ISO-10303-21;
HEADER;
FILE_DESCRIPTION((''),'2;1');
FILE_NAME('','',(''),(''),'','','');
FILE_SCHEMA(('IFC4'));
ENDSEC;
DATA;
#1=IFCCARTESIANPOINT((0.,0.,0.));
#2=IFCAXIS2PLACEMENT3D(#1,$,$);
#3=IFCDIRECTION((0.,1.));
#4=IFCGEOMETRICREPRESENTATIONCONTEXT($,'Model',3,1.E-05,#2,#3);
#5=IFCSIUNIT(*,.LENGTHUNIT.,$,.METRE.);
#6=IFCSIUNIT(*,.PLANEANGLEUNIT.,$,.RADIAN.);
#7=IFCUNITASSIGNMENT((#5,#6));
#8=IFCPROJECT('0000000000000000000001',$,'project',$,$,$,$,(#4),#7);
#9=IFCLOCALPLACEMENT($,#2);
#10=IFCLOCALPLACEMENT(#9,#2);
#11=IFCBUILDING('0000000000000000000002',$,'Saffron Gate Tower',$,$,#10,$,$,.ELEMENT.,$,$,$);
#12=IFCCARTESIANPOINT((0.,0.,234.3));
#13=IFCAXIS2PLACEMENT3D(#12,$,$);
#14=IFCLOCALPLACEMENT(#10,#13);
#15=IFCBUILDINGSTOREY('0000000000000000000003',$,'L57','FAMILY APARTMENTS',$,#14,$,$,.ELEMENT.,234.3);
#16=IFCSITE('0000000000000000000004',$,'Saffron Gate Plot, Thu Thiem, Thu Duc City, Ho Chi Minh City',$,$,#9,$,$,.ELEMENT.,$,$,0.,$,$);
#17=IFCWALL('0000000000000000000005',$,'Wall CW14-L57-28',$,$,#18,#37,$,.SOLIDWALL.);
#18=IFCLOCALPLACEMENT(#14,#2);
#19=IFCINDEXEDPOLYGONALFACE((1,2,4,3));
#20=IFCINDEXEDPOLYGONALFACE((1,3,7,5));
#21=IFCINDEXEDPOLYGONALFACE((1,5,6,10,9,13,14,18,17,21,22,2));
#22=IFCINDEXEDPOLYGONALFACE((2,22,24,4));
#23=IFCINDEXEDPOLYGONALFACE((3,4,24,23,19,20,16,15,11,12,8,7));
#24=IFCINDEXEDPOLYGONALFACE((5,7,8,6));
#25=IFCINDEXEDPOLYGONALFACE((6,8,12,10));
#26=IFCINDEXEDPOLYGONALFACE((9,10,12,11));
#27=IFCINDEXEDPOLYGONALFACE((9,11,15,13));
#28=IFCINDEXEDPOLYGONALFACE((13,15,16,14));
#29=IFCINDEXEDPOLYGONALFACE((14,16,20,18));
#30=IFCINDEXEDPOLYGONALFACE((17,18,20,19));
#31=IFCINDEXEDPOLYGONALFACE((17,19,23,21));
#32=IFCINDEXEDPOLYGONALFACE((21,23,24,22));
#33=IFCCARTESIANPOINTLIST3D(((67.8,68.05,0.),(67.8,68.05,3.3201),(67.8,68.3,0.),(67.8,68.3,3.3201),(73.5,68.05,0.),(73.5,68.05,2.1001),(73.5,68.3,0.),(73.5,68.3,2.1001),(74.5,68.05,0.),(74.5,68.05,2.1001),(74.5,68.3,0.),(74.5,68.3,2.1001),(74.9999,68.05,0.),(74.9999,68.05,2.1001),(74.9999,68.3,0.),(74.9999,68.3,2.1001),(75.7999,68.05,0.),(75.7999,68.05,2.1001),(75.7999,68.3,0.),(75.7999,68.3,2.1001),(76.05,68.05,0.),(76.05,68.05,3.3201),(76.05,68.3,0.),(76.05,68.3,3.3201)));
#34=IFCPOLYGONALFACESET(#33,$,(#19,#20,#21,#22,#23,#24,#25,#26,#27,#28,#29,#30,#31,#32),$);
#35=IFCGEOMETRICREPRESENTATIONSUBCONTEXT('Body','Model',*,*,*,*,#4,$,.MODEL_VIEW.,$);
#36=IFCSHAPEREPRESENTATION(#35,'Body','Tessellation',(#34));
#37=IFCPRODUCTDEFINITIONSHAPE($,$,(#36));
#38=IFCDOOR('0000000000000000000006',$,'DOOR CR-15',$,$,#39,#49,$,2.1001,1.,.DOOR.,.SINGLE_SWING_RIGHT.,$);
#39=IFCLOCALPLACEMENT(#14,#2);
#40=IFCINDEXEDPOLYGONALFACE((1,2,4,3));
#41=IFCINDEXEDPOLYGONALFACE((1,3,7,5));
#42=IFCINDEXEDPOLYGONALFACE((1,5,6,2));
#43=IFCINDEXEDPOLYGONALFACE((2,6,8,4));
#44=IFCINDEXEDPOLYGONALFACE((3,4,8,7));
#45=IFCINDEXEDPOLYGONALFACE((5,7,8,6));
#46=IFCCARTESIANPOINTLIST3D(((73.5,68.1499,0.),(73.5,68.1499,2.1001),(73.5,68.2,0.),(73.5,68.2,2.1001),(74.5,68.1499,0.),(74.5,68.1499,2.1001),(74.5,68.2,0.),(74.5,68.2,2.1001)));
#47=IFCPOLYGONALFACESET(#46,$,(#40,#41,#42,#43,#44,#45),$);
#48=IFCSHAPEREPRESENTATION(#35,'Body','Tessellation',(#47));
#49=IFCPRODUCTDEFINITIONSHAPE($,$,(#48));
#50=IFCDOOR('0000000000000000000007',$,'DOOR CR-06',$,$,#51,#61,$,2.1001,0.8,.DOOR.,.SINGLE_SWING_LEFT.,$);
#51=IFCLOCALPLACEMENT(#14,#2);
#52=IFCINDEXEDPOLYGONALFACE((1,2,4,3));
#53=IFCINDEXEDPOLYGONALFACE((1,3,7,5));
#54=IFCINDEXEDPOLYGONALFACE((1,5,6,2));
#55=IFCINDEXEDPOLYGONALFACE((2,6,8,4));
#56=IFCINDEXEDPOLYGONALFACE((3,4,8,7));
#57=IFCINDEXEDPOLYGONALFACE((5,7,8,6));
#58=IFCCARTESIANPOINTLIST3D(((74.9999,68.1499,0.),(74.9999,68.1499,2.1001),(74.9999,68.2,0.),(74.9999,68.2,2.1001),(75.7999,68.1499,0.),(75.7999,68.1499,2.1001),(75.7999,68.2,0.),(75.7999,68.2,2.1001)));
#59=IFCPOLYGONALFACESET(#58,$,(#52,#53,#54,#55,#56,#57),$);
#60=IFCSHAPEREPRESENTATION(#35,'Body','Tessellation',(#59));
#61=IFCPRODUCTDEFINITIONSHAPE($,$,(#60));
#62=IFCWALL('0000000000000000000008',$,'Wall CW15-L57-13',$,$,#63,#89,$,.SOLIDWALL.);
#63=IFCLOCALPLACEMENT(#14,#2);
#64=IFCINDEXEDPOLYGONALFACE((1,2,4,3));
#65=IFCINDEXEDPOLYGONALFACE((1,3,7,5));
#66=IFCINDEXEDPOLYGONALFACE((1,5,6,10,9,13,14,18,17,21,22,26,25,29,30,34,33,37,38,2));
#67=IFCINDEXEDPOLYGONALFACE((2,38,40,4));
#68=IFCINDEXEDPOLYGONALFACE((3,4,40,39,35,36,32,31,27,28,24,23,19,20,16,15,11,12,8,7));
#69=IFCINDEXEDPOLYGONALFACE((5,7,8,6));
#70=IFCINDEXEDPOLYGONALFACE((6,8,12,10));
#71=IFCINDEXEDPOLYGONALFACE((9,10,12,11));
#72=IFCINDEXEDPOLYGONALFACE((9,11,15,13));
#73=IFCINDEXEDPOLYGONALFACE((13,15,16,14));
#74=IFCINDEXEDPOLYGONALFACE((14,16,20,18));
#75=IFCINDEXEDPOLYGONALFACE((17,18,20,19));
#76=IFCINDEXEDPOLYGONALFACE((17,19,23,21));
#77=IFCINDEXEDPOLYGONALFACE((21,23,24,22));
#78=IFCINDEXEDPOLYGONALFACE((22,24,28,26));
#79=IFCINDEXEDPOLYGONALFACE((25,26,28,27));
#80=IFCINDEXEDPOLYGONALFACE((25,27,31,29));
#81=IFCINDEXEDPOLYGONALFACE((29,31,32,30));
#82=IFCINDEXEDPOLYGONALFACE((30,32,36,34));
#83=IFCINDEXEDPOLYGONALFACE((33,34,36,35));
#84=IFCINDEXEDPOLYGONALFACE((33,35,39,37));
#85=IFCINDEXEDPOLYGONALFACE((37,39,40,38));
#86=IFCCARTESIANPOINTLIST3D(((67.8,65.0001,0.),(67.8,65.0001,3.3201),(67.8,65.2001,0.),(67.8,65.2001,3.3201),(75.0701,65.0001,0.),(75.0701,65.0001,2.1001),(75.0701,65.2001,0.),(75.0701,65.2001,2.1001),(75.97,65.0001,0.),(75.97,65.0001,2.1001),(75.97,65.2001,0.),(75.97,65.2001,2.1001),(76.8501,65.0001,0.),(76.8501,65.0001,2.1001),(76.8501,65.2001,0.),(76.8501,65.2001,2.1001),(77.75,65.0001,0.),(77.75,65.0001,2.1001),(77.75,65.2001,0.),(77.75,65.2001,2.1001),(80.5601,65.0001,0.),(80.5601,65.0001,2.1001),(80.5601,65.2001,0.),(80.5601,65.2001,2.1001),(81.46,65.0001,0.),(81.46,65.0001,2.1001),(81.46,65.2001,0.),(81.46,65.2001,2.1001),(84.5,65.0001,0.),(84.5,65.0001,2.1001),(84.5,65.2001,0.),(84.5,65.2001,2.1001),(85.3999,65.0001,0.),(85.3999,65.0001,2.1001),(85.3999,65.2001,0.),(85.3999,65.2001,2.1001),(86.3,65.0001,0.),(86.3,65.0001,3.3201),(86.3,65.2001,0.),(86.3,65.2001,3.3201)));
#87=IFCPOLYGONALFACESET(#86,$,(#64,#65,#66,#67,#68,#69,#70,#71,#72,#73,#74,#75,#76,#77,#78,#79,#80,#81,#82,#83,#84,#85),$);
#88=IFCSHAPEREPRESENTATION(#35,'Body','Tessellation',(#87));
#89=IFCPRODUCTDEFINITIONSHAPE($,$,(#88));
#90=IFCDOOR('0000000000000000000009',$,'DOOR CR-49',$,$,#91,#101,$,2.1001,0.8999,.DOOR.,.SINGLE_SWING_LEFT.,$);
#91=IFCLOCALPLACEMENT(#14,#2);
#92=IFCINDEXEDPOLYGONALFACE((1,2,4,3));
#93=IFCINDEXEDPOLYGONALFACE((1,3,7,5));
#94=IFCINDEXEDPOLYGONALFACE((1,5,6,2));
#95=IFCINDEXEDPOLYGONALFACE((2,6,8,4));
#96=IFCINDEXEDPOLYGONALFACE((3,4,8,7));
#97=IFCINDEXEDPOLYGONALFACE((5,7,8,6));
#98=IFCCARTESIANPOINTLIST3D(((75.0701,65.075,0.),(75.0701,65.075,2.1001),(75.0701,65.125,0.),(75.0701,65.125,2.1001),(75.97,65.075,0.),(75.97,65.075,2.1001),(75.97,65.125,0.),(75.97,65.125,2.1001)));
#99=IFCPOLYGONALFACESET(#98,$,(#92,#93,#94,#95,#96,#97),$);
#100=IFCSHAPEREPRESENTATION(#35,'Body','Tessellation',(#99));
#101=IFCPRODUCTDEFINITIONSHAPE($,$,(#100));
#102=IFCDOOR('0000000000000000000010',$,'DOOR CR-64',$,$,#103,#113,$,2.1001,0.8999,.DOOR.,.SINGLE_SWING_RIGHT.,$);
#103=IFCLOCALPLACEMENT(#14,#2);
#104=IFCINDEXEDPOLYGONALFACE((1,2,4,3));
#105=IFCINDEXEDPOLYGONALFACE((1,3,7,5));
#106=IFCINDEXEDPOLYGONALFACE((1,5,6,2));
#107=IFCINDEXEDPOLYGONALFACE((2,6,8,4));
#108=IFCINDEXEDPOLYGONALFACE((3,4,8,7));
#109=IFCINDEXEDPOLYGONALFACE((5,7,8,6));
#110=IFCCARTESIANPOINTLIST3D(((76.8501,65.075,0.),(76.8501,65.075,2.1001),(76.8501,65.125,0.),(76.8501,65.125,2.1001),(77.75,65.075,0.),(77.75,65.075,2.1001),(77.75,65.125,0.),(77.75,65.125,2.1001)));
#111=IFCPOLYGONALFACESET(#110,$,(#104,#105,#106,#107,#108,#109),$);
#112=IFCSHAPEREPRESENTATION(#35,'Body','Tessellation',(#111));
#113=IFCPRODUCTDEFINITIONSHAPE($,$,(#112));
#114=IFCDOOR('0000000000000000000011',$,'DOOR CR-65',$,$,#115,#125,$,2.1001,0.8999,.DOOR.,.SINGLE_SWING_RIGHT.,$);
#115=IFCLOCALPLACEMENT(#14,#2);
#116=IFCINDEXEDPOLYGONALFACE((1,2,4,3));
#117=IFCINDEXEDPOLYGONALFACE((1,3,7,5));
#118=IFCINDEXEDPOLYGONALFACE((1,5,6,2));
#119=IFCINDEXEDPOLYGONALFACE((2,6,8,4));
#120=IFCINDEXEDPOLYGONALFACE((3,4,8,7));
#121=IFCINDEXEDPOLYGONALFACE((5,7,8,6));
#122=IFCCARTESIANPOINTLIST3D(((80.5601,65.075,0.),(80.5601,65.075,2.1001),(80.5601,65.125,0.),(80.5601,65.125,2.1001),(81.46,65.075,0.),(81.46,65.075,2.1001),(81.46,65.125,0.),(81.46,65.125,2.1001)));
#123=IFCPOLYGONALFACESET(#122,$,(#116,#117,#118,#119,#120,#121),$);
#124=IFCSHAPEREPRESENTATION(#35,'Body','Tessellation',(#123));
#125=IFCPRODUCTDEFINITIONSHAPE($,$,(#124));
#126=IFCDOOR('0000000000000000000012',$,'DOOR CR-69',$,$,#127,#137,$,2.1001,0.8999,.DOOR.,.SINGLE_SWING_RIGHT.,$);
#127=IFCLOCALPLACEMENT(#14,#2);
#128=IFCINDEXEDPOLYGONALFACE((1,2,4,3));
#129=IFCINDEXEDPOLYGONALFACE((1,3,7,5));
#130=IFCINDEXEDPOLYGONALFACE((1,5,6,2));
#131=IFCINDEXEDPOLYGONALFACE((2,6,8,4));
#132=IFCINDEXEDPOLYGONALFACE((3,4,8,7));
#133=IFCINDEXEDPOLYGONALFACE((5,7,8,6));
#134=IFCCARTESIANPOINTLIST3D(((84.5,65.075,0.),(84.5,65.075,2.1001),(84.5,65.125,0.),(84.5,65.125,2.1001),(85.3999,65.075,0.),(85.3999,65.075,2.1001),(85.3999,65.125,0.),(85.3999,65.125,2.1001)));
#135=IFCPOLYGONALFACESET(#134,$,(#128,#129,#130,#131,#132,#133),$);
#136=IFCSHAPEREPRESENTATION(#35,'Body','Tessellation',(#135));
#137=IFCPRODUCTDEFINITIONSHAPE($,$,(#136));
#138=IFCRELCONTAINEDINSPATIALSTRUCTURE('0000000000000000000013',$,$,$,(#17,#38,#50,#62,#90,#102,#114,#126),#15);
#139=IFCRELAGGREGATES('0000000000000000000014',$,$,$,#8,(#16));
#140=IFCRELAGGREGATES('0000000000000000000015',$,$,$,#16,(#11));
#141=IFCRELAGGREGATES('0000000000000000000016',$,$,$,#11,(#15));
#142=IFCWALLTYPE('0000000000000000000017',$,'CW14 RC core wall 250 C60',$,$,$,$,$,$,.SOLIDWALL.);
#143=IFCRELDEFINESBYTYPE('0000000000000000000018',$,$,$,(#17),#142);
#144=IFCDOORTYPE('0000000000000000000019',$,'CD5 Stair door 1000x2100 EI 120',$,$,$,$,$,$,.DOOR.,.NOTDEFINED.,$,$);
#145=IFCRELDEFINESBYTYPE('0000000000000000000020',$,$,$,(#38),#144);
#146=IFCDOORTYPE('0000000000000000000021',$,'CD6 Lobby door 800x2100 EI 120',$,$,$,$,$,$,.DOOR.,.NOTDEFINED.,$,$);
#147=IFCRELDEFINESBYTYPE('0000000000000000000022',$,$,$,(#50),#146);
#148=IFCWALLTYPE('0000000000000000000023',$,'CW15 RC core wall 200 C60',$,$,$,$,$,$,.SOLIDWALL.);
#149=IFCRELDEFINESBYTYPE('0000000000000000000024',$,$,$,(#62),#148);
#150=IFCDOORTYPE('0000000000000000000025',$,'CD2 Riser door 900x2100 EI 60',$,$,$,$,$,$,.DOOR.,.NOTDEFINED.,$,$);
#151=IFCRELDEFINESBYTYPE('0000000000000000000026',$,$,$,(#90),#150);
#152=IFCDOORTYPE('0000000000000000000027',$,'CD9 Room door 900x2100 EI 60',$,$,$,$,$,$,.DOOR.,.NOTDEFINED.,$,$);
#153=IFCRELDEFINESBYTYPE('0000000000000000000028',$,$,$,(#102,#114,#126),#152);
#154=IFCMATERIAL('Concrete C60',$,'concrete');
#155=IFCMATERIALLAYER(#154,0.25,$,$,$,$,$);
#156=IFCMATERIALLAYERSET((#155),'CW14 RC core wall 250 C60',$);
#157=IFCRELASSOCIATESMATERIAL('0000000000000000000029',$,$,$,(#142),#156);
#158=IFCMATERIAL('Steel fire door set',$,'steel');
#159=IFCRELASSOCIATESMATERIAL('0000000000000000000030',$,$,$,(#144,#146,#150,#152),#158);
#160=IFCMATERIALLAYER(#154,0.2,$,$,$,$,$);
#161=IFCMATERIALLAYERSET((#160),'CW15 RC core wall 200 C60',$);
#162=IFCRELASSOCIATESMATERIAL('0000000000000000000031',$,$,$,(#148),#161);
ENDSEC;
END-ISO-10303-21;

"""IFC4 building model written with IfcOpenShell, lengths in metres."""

from ifc_helpers import new_model, si_unit, direction, frame, frame_2d, origin, place, context, subcontext, project, spatial, rectangle, extrude, material, layer, layer_set, type_object, element, fill, save


model = new_model("IFC4")

# Units and contexts
model_context = context("Model", 3, precision=1e-05, world=origin(), true_north=direction((0.0, 1.0)))
body_context = subcontext(model_context, "Body", "Model", "MODEL_VIEW")
ifc_project = project(units=[si_unit("LENGTHUNIT", "METRE"), si_unit("PLANEANGLEUNIT", "RADIAN")], contexts=[model_context])

# Site, building, storey
site_placement = place(None, origin())
site = spatial("IfcSite", under=ifc_project, at=site_placement, Name="Saffron Gate Plot, Thu Thiem, Thu Duc City, Ho Chi Minh City", CompositionType="ELEMENT", RefElevation=0.0)
building_placement = place(site_placement, origin())
building = spatial("IfcBuilding", under=site, at=building_placement, Name="Saffron Gate Tower", CompositionType="ELEMENT")
storey_placement = place(building_placement, frame((0.0, 0.0, 234.3)))
storey = spatial("IfcBuildingStorey", under=building, at=storey_placement, Name="L57", Description="FAMILY APARTMENTS", CompositionType="ELEMENT", Elevation=234.3)

# Walls, openings, doors
ifc_material_1 = material(Name="Concrete C60", Category="concrete")
ifc_layer_1 = layer(ifc_material_1, 0.25)
ifc_layer_set_1 = layer_set([ifc_layer_1], Name="CW14 RC core wall 250 C60")
wall_type_1 = type_object("IfcWallType", Name="CW14 RC core wall 250 C60", PredefinedType="SOLIDWALL", material=ifc_layer_set_1)
wall_1_placement = place(storey_placement, frame((67.8, 68.175, 0.0), z_axis=(0.0, 0.0, 1.0), x_axis=(1.0, 0.0, 0.0)))
wall_1 = element("IfcWall", 1, at=wall_1_placement, inside=storey, type_object=wall_type_1, Name="Wall CW14-L57-28", PredefinedType="SOLIDWALL", context=body_context, shape_type="SweptSolid", body=[
    extrude(rectangle(XDim=8.25, YDim=0.25, at=frame_2d((4.125, 0.0))), origin(), (0.0, 0.0, 1.0), 3.3201),
])
opening_1_placement = place(wall_1_placement, frame((5.7, 0.0, 0.0)))
opening_1 = element("IfcOpeningElement", 2, at=opening_1_placement, cuts=wall_1, PredefinedType="OPENING", context=body_context, shape_type="SweptSolid", body=[
    extrude(rectangle(XDim=1.0, YDim=2.1001, at=frame_2d((0.5, 1.05))), frame((0.0, 0.135, 0.0), z_axis=(0.0, -1.0, 0.0), x_axis=(1.0, 0.0, 0.0)), (0.0, 0.0, 1.0), 0.27),
])
opening_2_placement = place(wall_1_placement, frame((7.2, 0.0, 0.0)))
opening_2 = element("IfcOpeningElement", 3, at=opening_2_placement, cuts=wall_1, PredefinedType="OPENING", context=body_context, shape_type="SweptSolid", body=[
    extrude(rectangle(XDim=0.8, YDim=2.1001, at=frame_2d((0.3999, 1.05))), frame((0.0, 0.135, 0.0), z_axis=(0.0, -1.0, 0.0), x_axis=(1.0, 0.0, 0.0)), (0.0, 0.0, 1.0), 0.27),
])
ifc_material_2 = material(Name="Steel fire door set", Category="steel")
door_type_1 = type_object("IfcDoorType", Name="CD5 Stair door 1000x2100 EI 120", OperationType="NOTDEFINED", PredefinedType="DOOR", material=ifc_material_2)
door_1_placement = place(opening_1_placement, origin())
door_1 = element("IfcDoor", 4, at=door_1_placement, inside=storey, type_object=door_type_1, Name="DOOR CR-15", OperationType="SINGLE_SWING_RIGHT", OverallHeight=2.1001, OverallWidth=1.0, PredefinedType="DOOR", context=body_context, shape_type="SweptSolid", body=[
    extrude(rectangle(XDim=1.0, YDim=2.1001, at=frame_2d((0.5, 1.05))), frame((0.0, 0.0249, 0.0), z_axis=(0.0, -1.0, 0.0), x_axis=(1.0, 0.0, 0.0)), (0.0, 0.0, 1.0), 0.05),
])
fill(opening_1, door_1)
door_type_2 = type_object("IfcDoorType", Name="CD6 Lobby door 800x2100 EI 120", OperationType="NOTDEFINED", PredefinedType="DOOR", material=ifc_material_2)
door_2_placement = place(opening_2_placement, origin())
door_2 = element("IfcDoor", 5, at=door_2_placement, inside=storey, type_object=door_type_2, Name="DOOR CR-06", OperationType="SINGLE_SWING_LEFT", OverallHeight=2.1001, OverallWidth=0.8, PredefinedType="DOOR", context=body_context, shape_type="SweptSolid", body=[
    extrude(rectangle(XDim=0.8, YDim=2.1001, at=frame_2d((0.3999, 1.05))), frame((0.0, 0.0249, 0.0), z_axis=(0.0, -1.0, 0.0), x_axis=(1.0, 0.0, 0.0)), (0.0, 0.0, 1.0), 0.05),
])
fill(opening_2, door_2)
ifc_layer_2 = layer(ifc_material_1, 0.2)
ifc_layer_set_2 = layer_set([ifc_layer_2], Name="CW15 RC core wall 200 C60")
wall_type_2 = type_object("IfcWallType", Name="CW15 RC core wall 200 C60", PredefinedType="SOLIDWALL", material=ifc_layer_set_2)
wall_2_placement = place(storey_placement, frame((67.8, 65.1001, 0.0), z_axis=(0.0, 0.0, 1.0), x_axis=(1.0, 0.0, 0.0)))
wall_2 = element("IfcWall", 6, at=wall_2_placement, inside=storey, type_object=wall_type_2, Name="Wall CW15-L57-13", PredefinedType="SOLIDWALL", context=body_context, shape_type="SweptSolid", body=[
    extrude(rectangle(XDim=18.5, YDim=0.2, at=frame_2d((9.25, 0.0))), origin(), (0.0, 0.0, 1.0), 3.3201),
])
opening_3_placement = place(wall_2_placement, frame((7.27, 0.0, 0.0)))
opening_3 = element("IfcOpeningElement", 7, at=opening_3_placement, cuts=wall_2, PredefinedType="OPENING", context=body_context, shape_type="SweptSolid", body=[
    extrude(rectangle(XDim=0.8999, YDim=2.1001, at=frame_2d((0.45, 1.05))), frame((0.0, 0.1099, 0.0), z_axis=(0.0, -1.0, 0.0), x_axis=(1.0, 0.0, 0.0)), (0.0, 0.0, 1.0), 0.22),
])
opening_4_placement = place(wall_2_placement, frame((9.05, 0.0, 0.0)))
opening_4 = element("IfcOpeningElement", 8, at=opening_4_placement, cuts=wall_2, PredefinedType="OPENING", context=body_context, shape_type="SweptSolid", body=[
    extrude(rectangle(XDim=0.8999, YDim=2.1001, at=frame_2d((0.45, 1.05))), frame((0.0, 0.1099, 0.0), z_axis=(0.0, -1.0, 0.0), x_axis=(1.0, 0.0, 0.0)), (0.0, 0.0, 1.0), 0.22),
])
opening_5_placement = place(wall_2_placement, frame((12.76, 0.0, 0.0)))
opening_5 = element("IfcOpeningElement", 9, at=opening_5_placement, cuts=wall_2, PredefinedType="OPENING", context=body_context, shape_type="SweptSolid", body=[
    extrude(rectangle(XDim=0.8999, YDim=2.1001, at=frame_2d((0.45, 1.05))), frame((0.0, 0.1099, 0.0), z_axis=(0.0, -1.0, 0.0), x_axis=(1.0, 0.0, 0.0)), (0.0, 0.0, 1.0), 0.22),
])
opening_6_placement = place(wall_2_placement, frame((16.7, 0.0, 0.0)))
opening_6 = element("IfcOpeningElement", 10, at=opening_6_placement, cuts=wall_2, PredefinedType="OPENING", context=body_context, shape_type="SweptSolid", body=[
    extrude(rectangle(XDim=0.8999, YDim=2.1001, at=frame_2d((0.45, 1.05))), frame((0.0, 0.1099, 0.0), z_axis=(0.0, -1.0, 0.0), x_axis=(1.0, 0.0, 0.0)), (0.0, 0.0, 1.0), 0.22),
])
door_type_3 = type_object("IfcDoorType", Name="CD2 Riser door 900x2100 EI 60", OperationType="NOTDEFINED", PredefinedType="DOOR", material=ifc_material_2)
door_3_placement = place(opening_3_placement, origin())
door_3 = element("IfcDoor", 11, at=door_3_placement, inside=storey, type_object=door_type_3, Name="DOOR CR-49", OperationType="SINGLE_SWING_LEFT", OverallHeight=2.1001, OverallWidth=0.8999, PredefinedType="DOOR", context=body_context, shape_type="SweptSolid", body=[
    extrude(rectangle(XDim=0.8999, YDim=2.1001, at=frame_2d((0.45, 1.05))), frame((0.0, 0.0249, 0.0), z_axis=(0.0, -1.0, 0.0), x_axis=(1.0, 0.0, 0.0)), (0.0, 0.0, 1.0), 0.05),
])
fill(opening_3, door_3)
door_type_4 = type_object("IfcDoorType", Name="CD9 Room door 900x2100 EI 60", OperationType="NOTDEFINED", PredefinedType="DOOR", material=ifc_material_2)
door_4_placement = place(opening_4_placement, origin())
door_4 = element("IfcDoor", 12, at=door_4_placement, inside=storey, type_object=door_type_4, Name="DOOR CR-64", OperationType="SINGLE_SWING_RIGHT", OverallHeight=2.1001, OverallWidth=0.8999, PredefinedType="DOOR", context=body_context, shape_type="SweptSolid", body=[
    extrude(rectangle(XDim=0.8999, YDim=2.1001, at=frame_2d((0.45, 1.05))), frame((0.0, 0.0249, 0.0), z_axis=(0.0, -1.0, 0.0), x_axis=(1.0, 0.0, 0.0)), (0.0, 0.0, 1.0), 0.05),
])
fill(opening_4, door_4)
door_5_placement = place(opening_5_placement, origin())
door_5 = element("IfcDoor", 13, at=door_5_placement, inside=storey, type_object=door_type_4, Name="DOOR CR-65", OperationType="SINGLE_SWING_RIGHT", OverallHeight=2.1001, OverallWidth=0.8999, PredefinedType="DOOR", context=body_context, shape_type="SweptSolid", body=[
    extrude(rectangle(XDim=0.8999, YDim=2.1001, at=frame_2d((0.45, 1.05))), frame((0.0, 0.0249, 0.0), z_axis=(0.0, -1.0, 0.0), x_axis=(1.0, 0.0, 0.0)), (0.0, 0.0, 1.0), 0.05),
])
fill(opening_5, door_5)
door_6_placement = place(opening_6_placement, origin())
door_6 = element("IfcDoor", 14, at=door_6_placement, inside=storey, type_object=door_type_4, Name="DOOR CR-69", OperationType="SINGLE_SWING_RIGHT", OverallHeight=2.1001, OverallWidth=0.8999, PredefinedType="DOOR", context=body_context, shape_type="SweptSolid", body=[
    extrude(rectangle(XDim=0.8999, YDim=2.1001, at=frame_2d((0.45, 1.05))), frame((0.0, 0.0249, 0.0), z_axis=(0.0, -1.0, 0.0), x_axis=(1.0, 0.0, 0.0)), (0.0, 0.0, 1.0), 0.05),
])
fill(opening_6, door_6)

save(model, "model.ifc")
